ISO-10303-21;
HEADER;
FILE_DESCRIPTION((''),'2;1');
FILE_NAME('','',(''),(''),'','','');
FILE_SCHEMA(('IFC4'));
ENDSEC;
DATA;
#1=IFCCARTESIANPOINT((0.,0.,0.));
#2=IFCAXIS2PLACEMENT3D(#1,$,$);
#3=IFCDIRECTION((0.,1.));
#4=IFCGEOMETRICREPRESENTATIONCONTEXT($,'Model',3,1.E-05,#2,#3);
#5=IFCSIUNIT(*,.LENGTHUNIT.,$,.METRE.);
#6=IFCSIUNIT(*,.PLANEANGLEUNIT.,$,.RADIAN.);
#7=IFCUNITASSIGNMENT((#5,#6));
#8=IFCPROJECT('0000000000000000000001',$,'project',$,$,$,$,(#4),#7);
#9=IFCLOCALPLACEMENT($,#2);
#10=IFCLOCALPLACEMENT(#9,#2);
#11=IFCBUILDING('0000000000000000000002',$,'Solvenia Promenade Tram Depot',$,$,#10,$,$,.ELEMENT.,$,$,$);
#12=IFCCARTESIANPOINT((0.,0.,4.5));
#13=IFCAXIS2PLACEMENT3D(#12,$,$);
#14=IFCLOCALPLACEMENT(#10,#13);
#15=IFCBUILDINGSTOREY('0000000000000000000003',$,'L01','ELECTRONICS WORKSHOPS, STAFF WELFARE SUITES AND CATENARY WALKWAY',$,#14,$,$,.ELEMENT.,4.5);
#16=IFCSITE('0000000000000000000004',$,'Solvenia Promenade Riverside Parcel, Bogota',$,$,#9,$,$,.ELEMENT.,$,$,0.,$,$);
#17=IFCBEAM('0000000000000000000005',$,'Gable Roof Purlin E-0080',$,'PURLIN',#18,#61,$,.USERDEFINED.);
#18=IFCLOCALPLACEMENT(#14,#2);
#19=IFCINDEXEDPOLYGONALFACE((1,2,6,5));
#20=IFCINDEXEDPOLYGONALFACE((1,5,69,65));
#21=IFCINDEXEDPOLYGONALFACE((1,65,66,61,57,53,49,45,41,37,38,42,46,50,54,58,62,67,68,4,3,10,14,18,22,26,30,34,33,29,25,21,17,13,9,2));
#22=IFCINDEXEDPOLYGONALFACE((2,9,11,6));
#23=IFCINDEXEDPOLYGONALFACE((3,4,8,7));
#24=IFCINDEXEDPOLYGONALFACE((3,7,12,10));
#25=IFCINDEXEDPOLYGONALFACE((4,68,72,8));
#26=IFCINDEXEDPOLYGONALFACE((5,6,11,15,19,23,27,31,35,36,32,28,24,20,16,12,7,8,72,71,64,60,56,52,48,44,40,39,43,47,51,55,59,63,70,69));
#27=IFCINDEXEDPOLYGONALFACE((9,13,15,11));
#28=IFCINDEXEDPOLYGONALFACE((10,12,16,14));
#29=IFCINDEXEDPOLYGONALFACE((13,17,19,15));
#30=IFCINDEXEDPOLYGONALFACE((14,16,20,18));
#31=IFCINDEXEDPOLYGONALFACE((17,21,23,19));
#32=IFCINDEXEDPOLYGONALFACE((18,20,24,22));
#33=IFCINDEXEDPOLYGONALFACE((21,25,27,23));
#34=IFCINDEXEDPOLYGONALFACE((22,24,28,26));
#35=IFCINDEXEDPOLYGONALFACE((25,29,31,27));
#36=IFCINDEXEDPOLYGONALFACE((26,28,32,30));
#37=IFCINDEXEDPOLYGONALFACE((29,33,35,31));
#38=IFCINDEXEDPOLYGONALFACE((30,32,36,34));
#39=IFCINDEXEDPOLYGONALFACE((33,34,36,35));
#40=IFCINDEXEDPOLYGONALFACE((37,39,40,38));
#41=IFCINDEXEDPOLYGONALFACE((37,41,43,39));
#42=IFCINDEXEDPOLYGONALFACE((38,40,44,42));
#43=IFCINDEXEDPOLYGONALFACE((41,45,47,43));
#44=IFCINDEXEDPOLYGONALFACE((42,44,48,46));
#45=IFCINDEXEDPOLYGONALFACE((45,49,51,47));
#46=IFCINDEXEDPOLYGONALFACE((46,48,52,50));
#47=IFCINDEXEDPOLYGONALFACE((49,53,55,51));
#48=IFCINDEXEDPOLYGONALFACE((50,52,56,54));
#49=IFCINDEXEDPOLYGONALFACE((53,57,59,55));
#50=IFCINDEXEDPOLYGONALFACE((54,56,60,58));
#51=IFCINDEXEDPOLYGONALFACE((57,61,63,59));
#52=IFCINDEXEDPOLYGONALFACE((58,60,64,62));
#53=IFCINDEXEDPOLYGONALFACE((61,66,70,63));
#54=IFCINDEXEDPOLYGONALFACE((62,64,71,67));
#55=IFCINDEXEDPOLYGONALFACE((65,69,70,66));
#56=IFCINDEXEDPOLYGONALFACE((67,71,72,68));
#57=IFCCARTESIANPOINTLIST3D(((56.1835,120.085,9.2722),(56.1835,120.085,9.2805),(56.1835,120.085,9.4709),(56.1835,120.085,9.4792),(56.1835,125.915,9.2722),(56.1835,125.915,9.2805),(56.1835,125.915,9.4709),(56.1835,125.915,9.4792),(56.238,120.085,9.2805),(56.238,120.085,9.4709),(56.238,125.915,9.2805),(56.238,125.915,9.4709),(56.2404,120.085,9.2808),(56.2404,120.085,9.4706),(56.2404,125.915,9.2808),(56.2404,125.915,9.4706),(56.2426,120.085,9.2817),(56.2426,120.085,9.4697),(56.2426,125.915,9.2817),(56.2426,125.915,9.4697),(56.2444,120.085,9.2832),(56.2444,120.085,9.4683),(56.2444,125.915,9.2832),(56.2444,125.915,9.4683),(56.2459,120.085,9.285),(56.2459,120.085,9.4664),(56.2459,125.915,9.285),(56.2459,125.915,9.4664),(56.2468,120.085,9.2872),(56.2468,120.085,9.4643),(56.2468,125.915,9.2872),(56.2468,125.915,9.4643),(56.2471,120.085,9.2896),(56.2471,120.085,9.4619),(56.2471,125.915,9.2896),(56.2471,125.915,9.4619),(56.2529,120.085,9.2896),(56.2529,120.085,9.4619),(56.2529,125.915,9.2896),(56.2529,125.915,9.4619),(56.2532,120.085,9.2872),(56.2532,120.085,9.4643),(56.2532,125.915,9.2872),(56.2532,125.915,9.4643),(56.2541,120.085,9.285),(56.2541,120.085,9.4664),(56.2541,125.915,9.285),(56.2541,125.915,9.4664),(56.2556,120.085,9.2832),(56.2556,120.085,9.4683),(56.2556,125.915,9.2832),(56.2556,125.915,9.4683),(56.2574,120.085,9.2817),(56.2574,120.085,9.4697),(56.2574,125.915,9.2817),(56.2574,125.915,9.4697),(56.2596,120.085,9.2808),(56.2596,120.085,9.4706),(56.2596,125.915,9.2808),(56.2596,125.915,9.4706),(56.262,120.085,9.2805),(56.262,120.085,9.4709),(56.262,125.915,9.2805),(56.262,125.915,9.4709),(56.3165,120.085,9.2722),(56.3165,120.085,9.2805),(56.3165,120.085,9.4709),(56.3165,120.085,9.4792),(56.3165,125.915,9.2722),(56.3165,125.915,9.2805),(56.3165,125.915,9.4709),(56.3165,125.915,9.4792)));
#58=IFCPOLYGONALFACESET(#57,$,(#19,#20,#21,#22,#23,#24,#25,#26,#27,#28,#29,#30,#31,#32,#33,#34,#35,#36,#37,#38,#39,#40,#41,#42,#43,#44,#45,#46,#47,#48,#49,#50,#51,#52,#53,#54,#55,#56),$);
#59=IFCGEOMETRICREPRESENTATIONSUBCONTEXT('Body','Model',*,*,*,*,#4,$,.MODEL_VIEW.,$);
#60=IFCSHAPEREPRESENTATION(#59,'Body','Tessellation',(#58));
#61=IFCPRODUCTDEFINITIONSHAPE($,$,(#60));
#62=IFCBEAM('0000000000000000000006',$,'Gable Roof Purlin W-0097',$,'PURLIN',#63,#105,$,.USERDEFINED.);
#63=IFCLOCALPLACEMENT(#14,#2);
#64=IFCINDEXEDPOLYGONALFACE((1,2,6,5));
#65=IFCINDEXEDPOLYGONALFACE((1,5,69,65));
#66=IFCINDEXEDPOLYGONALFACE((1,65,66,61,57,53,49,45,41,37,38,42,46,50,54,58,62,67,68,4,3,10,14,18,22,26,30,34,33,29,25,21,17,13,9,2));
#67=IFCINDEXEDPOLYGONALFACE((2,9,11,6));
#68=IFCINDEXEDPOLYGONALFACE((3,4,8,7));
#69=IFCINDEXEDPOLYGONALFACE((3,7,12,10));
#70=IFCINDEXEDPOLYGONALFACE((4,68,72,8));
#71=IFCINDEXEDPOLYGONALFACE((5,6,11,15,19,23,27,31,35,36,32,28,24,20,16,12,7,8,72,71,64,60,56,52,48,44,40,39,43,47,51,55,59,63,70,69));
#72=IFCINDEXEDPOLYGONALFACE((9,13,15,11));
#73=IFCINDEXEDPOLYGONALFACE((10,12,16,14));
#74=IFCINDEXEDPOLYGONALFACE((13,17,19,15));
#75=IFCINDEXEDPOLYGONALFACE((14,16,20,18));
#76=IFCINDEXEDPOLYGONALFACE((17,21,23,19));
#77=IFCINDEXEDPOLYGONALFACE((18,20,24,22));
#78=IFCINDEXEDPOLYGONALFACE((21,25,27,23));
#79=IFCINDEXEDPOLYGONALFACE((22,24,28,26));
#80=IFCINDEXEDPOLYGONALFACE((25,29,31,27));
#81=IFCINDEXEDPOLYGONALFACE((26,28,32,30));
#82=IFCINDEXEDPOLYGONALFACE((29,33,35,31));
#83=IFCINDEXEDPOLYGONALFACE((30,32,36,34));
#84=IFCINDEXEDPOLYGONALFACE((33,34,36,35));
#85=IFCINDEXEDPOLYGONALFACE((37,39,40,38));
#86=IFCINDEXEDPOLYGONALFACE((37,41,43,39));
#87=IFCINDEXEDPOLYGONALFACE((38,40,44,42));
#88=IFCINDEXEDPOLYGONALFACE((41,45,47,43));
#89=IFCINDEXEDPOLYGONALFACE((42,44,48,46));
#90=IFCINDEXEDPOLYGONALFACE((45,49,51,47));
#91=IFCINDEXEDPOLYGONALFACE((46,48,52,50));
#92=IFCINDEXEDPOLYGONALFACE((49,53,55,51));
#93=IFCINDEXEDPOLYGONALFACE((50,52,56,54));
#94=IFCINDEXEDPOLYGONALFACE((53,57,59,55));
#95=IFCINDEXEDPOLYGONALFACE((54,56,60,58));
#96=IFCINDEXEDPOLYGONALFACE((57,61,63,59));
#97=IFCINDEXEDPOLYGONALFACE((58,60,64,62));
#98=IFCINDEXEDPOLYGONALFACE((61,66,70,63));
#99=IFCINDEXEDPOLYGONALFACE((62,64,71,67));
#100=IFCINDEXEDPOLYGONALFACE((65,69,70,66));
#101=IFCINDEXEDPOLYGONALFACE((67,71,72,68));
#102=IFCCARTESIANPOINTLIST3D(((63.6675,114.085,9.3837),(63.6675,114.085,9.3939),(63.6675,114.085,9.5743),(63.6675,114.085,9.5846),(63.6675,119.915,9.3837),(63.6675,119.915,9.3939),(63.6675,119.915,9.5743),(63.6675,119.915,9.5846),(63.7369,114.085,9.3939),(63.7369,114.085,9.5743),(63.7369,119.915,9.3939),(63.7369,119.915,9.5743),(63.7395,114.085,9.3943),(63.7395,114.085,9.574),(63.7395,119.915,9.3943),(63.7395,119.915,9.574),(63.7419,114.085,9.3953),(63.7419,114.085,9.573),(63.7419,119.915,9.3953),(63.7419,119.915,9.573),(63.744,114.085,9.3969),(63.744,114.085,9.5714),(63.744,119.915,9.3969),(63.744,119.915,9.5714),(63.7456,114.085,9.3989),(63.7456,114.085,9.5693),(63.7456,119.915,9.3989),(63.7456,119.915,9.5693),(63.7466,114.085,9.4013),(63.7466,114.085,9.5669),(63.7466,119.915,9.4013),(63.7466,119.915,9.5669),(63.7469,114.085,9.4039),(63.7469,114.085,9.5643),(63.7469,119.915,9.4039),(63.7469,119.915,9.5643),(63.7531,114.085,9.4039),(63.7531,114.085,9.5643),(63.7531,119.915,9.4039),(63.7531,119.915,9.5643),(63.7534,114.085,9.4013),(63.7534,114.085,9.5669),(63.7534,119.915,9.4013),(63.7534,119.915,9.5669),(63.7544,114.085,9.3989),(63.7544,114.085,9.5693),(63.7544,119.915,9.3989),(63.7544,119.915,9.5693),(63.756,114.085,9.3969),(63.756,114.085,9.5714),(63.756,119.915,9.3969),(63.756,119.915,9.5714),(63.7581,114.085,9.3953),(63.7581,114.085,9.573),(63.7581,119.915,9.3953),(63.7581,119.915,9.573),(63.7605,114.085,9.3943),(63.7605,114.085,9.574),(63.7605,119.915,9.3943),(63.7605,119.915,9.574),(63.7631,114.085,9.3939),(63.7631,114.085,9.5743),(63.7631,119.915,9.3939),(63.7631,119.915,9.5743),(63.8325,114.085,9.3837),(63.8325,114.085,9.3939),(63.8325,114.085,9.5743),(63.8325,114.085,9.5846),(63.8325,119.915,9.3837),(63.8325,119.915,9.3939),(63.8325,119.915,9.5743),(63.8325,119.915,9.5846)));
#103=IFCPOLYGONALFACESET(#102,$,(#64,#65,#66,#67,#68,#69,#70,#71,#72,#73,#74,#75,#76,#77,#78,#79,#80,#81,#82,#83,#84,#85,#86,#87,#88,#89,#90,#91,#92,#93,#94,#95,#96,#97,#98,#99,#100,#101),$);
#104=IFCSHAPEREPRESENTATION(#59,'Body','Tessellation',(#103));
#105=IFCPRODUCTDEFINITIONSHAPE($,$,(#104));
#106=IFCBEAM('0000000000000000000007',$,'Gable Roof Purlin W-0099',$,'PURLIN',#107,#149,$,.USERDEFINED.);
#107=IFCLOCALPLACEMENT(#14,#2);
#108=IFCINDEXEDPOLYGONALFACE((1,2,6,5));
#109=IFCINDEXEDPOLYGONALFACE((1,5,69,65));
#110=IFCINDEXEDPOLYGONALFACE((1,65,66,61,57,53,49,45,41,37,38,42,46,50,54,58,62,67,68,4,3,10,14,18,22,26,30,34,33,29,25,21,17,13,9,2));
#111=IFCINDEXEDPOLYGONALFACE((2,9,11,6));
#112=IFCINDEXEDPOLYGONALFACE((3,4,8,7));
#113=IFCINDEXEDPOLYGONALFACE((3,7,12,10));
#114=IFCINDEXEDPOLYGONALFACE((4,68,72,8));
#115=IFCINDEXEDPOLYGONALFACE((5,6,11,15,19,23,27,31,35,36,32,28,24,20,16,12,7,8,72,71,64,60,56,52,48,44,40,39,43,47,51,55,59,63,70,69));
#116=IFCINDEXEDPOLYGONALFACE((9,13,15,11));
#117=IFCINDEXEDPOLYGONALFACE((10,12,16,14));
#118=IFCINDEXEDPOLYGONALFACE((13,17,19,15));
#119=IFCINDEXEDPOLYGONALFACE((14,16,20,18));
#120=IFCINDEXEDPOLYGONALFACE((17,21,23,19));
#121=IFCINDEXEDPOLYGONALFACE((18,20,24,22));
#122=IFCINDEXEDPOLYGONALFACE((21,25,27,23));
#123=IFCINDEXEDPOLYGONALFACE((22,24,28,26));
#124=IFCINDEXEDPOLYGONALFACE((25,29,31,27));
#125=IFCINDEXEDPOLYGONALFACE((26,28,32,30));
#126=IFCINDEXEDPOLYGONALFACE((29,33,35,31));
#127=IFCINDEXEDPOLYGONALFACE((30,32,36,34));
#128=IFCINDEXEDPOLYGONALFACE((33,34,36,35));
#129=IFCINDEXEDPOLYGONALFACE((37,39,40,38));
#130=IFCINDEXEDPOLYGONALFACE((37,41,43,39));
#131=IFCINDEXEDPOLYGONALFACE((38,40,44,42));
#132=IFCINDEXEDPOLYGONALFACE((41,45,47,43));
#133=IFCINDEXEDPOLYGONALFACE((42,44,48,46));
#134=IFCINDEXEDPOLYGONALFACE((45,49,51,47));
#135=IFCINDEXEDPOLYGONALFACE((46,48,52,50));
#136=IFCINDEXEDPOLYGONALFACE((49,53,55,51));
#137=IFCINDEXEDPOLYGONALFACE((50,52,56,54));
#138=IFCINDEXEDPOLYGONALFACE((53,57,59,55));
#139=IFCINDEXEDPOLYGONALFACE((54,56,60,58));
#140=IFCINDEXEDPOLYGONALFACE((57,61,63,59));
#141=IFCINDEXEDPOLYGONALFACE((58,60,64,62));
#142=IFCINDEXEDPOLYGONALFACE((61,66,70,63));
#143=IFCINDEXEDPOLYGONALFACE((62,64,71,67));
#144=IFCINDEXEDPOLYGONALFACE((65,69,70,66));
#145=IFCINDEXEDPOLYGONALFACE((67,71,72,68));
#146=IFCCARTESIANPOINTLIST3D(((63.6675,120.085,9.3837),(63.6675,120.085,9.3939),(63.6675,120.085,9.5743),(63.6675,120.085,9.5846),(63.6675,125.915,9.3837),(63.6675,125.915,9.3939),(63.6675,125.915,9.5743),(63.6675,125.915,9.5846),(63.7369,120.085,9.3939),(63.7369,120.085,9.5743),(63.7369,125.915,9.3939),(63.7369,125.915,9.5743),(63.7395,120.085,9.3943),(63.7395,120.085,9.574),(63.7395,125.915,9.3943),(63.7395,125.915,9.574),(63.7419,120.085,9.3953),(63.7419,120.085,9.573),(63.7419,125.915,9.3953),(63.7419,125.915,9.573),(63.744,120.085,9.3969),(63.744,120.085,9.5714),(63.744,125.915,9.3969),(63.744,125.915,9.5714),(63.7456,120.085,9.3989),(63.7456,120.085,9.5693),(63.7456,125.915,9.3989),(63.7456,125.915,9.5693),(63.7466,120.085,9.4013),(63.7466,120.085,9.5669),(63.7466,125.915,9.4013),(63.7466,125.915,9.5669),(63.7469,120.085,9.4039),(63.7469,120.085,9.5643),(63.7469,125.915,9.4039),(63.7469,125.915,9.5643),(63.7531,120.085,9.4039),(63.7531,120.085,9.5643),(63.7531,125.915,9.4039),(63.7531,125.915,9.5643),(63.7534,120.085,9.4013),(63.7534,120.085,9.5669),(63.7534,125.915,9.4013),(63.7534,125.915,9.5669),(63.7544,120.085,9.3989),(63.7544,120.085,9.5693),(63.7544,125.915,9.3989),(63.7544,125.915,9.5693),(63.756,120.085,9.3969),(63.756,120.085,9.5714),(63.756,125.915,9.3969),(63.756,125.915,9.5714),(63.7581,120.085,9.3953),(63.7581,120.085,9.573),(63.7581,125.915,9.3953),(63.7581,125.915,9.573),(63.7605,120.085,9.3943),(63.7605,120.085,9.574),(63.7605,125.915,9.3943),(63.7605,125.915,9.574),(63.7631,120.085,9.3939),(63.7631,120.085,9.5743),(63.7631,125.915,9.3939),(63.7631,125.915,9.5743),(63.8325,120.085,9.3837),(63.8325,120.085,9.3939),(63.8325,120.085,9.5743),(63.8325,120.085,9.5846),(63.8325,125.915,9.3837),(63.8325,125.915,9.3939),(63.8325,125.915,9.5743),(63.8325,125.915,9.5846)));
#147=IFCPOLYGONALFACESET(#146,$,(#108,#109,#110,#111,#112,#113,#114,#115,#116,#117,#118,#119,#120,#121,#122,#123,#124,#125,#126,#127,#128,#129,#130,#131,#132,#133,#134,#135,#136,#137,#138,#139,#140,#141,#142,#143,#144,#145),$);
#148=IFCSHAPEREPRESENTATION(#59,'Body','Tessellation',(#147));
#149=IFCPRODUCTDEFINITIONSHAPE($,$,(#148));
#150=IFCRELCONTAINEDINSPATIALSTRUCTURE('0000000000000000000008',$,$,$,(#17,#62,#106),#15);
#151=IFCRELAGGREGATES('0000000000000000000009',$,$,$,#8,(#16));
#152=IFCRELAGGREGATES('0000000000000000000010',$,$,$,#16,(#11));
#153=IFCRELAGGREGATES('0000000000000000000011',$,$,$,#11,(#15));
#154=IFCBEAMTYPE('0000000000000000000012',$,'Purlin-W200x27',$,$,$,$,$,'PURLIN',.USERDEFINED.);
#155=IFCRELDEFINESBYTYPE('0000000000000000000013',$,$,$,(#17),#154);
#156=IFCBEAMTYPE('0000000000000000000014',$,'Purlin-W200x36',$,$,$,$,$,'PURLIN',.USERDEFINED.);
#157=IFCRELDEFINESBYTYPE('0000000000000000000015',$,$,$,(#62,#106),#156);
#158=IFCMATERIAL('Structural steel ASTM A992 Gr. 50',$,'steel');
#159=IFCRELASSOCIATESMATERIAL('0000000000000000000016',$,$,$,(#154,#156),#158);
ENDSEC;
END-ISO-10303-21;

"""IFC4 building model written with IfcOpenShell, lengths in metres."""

from ifc_helpers import new_model, si_unit, direction, frame, origin, origin_2d, place, context, subcontext, project, spatial, i_section, extrude, material, material_profile, profile_set, type_object, element, save


model = new_model("IFC4")

# Units and contexts
model_context = context("Model", 3, precision=1e-05, world=origin(), true_north=direction((0.0, 1.0)))
body_context = subcontext(model_context, "Body", "Model", "MODEL_VIEW")
ifc_project = project(units=[si_unit("LENGTHUNIT", "METRE"), si_unit("PLANEANGLEUNIT", "RADIAN")], contexts=[model_context])

# Site, building, storey
site_placement = place(None, origin())
site = spatial("IfcSite", under=ifc_project, at=site_placement, Name="Solvenia Promenade Riverside Parcel, Bogota", CompositionType="ELEMENT", RefElevation=0.0)
building_placement = place(site_placement, origin())
building = spatial("IfcBuilding", under=site, at=building_placement, Name="Solvenia Promenade Tram Depot", CompositionType="ELEMENT")
storey_placement = place(building_placement, frame((0.0, 0.0, 4.5)))
storey = spatial("IfcBuildingStorey", under=building, at=storey_placement, Name="L01", Description="ELECTRONICS WORKSHOPS, STAFF WELFARE SUITES AND CATENARY WALKWAY", CompositionType="ELEMENT", Elevation=4.5)

# Shared definitions
ifc_material_1 = material(Name="Structural steel ASTM A992 Gr. 50", Category="steel")

# Beams
ifc_material_profile_1 = material_profile(ifc_material_1, i_section(OverallWidth=0.1331, OverallDepth=0.207, WebThickness=0.0059, FlangeThickness=0.0083, FilletRadius=0.009, at=origin_2d()), Name="W200x27", Category="steel")
ifc_profile_set_1 = profile_set([ifc_material_profile_1], Name="Structural steel ASTM A992 Gr. 50")
beam_type_1 = type_object("IfcBeamType", Name="Purlin-W200x27", ElementType="PURLIN", PredefinedType="USERDEFINED", material=ifc_profile_set_1)
for number, where, z_axis, x_axis, name in (
    (1, (56.25, 120.085, 9.3757), (0.0, 1.0, 0.0), (-1.0, 0.0, 0.0), "Gable Roof Purlin E-0080"),
):
    element("IfcBeam", number, at=place(storey_placement, frame(where, z_axis=z_axis, x_axis=x_axis)), inside=storey, type_object=beam_type_1, Name=name, ObjectType="PURLIN", PredefinedType="USERDEFINED", context=body_context, shape_type="SweptSolid", body=[
        extrude(i_section(OverallWidth=0.1331, OverallDepth=0.207, WebThickness=0.0059, FlangeThickness=0.0083, FilletRadius=0.009, at=origin_2d()), origin(), (0.0, 0.0, 1.0), 5.8301),
    ])
ifc_material_profile_2 = material_profile(ifc_material_1, i_section(OverallWidth=0.165, OverallDepth=0.2009, WebThickness=0.0061, FlangeThickness=0.0103, FilletRadius=0.01, at=origin_2d()), Name="W200x36", Category="steel")
ifc_profile_set_2 = profile_set([ifc_material_profile_2], Name="Structural steel ASTM A992 Gr. 50")
beam_type_2 = type_object("IfcBeamType", Name="Purlin-W200x36", ElementType="PURLIN", PredefinedType="USERDEFINED", material=ifc_profile_set_2)
for number, where, z_axis, x_axis, name in (
    (2, (63.75, 114.085, 9.4841), (0.0, 1.0, 0.0), (-1.0, 0.0, 0.0), "Gable Roof Purlin W-0097"),
    (3, (63.75, 120.085, 9.4841), (0.0, 1.0, 0.0), (-1.0, 0.0, 0.0), "Gable Roof Purlin W-0099"),
):
    element("IfcBeam", number, at=place(storey_placement, frame(where, z_axis=z_axis, x_axis=x_axis)), inside=storey, type_object=beam_type_2, Name=name, ObjectType="PURLIN", PredefinedType="USERDEFINED", context=body_context, shape_type="SweptSolid", body=[
        extrude(i_section(OverallWidth=0.165, OverallDepth=0.2009, WebThickness=0.0061, FlangeThickness=0.0103, FilletRadius=0.01, at=origin_2d()), origin(), (0.0, 0.0, 1.0), 5.8301),
    ])

save(model, "model.ifc")
